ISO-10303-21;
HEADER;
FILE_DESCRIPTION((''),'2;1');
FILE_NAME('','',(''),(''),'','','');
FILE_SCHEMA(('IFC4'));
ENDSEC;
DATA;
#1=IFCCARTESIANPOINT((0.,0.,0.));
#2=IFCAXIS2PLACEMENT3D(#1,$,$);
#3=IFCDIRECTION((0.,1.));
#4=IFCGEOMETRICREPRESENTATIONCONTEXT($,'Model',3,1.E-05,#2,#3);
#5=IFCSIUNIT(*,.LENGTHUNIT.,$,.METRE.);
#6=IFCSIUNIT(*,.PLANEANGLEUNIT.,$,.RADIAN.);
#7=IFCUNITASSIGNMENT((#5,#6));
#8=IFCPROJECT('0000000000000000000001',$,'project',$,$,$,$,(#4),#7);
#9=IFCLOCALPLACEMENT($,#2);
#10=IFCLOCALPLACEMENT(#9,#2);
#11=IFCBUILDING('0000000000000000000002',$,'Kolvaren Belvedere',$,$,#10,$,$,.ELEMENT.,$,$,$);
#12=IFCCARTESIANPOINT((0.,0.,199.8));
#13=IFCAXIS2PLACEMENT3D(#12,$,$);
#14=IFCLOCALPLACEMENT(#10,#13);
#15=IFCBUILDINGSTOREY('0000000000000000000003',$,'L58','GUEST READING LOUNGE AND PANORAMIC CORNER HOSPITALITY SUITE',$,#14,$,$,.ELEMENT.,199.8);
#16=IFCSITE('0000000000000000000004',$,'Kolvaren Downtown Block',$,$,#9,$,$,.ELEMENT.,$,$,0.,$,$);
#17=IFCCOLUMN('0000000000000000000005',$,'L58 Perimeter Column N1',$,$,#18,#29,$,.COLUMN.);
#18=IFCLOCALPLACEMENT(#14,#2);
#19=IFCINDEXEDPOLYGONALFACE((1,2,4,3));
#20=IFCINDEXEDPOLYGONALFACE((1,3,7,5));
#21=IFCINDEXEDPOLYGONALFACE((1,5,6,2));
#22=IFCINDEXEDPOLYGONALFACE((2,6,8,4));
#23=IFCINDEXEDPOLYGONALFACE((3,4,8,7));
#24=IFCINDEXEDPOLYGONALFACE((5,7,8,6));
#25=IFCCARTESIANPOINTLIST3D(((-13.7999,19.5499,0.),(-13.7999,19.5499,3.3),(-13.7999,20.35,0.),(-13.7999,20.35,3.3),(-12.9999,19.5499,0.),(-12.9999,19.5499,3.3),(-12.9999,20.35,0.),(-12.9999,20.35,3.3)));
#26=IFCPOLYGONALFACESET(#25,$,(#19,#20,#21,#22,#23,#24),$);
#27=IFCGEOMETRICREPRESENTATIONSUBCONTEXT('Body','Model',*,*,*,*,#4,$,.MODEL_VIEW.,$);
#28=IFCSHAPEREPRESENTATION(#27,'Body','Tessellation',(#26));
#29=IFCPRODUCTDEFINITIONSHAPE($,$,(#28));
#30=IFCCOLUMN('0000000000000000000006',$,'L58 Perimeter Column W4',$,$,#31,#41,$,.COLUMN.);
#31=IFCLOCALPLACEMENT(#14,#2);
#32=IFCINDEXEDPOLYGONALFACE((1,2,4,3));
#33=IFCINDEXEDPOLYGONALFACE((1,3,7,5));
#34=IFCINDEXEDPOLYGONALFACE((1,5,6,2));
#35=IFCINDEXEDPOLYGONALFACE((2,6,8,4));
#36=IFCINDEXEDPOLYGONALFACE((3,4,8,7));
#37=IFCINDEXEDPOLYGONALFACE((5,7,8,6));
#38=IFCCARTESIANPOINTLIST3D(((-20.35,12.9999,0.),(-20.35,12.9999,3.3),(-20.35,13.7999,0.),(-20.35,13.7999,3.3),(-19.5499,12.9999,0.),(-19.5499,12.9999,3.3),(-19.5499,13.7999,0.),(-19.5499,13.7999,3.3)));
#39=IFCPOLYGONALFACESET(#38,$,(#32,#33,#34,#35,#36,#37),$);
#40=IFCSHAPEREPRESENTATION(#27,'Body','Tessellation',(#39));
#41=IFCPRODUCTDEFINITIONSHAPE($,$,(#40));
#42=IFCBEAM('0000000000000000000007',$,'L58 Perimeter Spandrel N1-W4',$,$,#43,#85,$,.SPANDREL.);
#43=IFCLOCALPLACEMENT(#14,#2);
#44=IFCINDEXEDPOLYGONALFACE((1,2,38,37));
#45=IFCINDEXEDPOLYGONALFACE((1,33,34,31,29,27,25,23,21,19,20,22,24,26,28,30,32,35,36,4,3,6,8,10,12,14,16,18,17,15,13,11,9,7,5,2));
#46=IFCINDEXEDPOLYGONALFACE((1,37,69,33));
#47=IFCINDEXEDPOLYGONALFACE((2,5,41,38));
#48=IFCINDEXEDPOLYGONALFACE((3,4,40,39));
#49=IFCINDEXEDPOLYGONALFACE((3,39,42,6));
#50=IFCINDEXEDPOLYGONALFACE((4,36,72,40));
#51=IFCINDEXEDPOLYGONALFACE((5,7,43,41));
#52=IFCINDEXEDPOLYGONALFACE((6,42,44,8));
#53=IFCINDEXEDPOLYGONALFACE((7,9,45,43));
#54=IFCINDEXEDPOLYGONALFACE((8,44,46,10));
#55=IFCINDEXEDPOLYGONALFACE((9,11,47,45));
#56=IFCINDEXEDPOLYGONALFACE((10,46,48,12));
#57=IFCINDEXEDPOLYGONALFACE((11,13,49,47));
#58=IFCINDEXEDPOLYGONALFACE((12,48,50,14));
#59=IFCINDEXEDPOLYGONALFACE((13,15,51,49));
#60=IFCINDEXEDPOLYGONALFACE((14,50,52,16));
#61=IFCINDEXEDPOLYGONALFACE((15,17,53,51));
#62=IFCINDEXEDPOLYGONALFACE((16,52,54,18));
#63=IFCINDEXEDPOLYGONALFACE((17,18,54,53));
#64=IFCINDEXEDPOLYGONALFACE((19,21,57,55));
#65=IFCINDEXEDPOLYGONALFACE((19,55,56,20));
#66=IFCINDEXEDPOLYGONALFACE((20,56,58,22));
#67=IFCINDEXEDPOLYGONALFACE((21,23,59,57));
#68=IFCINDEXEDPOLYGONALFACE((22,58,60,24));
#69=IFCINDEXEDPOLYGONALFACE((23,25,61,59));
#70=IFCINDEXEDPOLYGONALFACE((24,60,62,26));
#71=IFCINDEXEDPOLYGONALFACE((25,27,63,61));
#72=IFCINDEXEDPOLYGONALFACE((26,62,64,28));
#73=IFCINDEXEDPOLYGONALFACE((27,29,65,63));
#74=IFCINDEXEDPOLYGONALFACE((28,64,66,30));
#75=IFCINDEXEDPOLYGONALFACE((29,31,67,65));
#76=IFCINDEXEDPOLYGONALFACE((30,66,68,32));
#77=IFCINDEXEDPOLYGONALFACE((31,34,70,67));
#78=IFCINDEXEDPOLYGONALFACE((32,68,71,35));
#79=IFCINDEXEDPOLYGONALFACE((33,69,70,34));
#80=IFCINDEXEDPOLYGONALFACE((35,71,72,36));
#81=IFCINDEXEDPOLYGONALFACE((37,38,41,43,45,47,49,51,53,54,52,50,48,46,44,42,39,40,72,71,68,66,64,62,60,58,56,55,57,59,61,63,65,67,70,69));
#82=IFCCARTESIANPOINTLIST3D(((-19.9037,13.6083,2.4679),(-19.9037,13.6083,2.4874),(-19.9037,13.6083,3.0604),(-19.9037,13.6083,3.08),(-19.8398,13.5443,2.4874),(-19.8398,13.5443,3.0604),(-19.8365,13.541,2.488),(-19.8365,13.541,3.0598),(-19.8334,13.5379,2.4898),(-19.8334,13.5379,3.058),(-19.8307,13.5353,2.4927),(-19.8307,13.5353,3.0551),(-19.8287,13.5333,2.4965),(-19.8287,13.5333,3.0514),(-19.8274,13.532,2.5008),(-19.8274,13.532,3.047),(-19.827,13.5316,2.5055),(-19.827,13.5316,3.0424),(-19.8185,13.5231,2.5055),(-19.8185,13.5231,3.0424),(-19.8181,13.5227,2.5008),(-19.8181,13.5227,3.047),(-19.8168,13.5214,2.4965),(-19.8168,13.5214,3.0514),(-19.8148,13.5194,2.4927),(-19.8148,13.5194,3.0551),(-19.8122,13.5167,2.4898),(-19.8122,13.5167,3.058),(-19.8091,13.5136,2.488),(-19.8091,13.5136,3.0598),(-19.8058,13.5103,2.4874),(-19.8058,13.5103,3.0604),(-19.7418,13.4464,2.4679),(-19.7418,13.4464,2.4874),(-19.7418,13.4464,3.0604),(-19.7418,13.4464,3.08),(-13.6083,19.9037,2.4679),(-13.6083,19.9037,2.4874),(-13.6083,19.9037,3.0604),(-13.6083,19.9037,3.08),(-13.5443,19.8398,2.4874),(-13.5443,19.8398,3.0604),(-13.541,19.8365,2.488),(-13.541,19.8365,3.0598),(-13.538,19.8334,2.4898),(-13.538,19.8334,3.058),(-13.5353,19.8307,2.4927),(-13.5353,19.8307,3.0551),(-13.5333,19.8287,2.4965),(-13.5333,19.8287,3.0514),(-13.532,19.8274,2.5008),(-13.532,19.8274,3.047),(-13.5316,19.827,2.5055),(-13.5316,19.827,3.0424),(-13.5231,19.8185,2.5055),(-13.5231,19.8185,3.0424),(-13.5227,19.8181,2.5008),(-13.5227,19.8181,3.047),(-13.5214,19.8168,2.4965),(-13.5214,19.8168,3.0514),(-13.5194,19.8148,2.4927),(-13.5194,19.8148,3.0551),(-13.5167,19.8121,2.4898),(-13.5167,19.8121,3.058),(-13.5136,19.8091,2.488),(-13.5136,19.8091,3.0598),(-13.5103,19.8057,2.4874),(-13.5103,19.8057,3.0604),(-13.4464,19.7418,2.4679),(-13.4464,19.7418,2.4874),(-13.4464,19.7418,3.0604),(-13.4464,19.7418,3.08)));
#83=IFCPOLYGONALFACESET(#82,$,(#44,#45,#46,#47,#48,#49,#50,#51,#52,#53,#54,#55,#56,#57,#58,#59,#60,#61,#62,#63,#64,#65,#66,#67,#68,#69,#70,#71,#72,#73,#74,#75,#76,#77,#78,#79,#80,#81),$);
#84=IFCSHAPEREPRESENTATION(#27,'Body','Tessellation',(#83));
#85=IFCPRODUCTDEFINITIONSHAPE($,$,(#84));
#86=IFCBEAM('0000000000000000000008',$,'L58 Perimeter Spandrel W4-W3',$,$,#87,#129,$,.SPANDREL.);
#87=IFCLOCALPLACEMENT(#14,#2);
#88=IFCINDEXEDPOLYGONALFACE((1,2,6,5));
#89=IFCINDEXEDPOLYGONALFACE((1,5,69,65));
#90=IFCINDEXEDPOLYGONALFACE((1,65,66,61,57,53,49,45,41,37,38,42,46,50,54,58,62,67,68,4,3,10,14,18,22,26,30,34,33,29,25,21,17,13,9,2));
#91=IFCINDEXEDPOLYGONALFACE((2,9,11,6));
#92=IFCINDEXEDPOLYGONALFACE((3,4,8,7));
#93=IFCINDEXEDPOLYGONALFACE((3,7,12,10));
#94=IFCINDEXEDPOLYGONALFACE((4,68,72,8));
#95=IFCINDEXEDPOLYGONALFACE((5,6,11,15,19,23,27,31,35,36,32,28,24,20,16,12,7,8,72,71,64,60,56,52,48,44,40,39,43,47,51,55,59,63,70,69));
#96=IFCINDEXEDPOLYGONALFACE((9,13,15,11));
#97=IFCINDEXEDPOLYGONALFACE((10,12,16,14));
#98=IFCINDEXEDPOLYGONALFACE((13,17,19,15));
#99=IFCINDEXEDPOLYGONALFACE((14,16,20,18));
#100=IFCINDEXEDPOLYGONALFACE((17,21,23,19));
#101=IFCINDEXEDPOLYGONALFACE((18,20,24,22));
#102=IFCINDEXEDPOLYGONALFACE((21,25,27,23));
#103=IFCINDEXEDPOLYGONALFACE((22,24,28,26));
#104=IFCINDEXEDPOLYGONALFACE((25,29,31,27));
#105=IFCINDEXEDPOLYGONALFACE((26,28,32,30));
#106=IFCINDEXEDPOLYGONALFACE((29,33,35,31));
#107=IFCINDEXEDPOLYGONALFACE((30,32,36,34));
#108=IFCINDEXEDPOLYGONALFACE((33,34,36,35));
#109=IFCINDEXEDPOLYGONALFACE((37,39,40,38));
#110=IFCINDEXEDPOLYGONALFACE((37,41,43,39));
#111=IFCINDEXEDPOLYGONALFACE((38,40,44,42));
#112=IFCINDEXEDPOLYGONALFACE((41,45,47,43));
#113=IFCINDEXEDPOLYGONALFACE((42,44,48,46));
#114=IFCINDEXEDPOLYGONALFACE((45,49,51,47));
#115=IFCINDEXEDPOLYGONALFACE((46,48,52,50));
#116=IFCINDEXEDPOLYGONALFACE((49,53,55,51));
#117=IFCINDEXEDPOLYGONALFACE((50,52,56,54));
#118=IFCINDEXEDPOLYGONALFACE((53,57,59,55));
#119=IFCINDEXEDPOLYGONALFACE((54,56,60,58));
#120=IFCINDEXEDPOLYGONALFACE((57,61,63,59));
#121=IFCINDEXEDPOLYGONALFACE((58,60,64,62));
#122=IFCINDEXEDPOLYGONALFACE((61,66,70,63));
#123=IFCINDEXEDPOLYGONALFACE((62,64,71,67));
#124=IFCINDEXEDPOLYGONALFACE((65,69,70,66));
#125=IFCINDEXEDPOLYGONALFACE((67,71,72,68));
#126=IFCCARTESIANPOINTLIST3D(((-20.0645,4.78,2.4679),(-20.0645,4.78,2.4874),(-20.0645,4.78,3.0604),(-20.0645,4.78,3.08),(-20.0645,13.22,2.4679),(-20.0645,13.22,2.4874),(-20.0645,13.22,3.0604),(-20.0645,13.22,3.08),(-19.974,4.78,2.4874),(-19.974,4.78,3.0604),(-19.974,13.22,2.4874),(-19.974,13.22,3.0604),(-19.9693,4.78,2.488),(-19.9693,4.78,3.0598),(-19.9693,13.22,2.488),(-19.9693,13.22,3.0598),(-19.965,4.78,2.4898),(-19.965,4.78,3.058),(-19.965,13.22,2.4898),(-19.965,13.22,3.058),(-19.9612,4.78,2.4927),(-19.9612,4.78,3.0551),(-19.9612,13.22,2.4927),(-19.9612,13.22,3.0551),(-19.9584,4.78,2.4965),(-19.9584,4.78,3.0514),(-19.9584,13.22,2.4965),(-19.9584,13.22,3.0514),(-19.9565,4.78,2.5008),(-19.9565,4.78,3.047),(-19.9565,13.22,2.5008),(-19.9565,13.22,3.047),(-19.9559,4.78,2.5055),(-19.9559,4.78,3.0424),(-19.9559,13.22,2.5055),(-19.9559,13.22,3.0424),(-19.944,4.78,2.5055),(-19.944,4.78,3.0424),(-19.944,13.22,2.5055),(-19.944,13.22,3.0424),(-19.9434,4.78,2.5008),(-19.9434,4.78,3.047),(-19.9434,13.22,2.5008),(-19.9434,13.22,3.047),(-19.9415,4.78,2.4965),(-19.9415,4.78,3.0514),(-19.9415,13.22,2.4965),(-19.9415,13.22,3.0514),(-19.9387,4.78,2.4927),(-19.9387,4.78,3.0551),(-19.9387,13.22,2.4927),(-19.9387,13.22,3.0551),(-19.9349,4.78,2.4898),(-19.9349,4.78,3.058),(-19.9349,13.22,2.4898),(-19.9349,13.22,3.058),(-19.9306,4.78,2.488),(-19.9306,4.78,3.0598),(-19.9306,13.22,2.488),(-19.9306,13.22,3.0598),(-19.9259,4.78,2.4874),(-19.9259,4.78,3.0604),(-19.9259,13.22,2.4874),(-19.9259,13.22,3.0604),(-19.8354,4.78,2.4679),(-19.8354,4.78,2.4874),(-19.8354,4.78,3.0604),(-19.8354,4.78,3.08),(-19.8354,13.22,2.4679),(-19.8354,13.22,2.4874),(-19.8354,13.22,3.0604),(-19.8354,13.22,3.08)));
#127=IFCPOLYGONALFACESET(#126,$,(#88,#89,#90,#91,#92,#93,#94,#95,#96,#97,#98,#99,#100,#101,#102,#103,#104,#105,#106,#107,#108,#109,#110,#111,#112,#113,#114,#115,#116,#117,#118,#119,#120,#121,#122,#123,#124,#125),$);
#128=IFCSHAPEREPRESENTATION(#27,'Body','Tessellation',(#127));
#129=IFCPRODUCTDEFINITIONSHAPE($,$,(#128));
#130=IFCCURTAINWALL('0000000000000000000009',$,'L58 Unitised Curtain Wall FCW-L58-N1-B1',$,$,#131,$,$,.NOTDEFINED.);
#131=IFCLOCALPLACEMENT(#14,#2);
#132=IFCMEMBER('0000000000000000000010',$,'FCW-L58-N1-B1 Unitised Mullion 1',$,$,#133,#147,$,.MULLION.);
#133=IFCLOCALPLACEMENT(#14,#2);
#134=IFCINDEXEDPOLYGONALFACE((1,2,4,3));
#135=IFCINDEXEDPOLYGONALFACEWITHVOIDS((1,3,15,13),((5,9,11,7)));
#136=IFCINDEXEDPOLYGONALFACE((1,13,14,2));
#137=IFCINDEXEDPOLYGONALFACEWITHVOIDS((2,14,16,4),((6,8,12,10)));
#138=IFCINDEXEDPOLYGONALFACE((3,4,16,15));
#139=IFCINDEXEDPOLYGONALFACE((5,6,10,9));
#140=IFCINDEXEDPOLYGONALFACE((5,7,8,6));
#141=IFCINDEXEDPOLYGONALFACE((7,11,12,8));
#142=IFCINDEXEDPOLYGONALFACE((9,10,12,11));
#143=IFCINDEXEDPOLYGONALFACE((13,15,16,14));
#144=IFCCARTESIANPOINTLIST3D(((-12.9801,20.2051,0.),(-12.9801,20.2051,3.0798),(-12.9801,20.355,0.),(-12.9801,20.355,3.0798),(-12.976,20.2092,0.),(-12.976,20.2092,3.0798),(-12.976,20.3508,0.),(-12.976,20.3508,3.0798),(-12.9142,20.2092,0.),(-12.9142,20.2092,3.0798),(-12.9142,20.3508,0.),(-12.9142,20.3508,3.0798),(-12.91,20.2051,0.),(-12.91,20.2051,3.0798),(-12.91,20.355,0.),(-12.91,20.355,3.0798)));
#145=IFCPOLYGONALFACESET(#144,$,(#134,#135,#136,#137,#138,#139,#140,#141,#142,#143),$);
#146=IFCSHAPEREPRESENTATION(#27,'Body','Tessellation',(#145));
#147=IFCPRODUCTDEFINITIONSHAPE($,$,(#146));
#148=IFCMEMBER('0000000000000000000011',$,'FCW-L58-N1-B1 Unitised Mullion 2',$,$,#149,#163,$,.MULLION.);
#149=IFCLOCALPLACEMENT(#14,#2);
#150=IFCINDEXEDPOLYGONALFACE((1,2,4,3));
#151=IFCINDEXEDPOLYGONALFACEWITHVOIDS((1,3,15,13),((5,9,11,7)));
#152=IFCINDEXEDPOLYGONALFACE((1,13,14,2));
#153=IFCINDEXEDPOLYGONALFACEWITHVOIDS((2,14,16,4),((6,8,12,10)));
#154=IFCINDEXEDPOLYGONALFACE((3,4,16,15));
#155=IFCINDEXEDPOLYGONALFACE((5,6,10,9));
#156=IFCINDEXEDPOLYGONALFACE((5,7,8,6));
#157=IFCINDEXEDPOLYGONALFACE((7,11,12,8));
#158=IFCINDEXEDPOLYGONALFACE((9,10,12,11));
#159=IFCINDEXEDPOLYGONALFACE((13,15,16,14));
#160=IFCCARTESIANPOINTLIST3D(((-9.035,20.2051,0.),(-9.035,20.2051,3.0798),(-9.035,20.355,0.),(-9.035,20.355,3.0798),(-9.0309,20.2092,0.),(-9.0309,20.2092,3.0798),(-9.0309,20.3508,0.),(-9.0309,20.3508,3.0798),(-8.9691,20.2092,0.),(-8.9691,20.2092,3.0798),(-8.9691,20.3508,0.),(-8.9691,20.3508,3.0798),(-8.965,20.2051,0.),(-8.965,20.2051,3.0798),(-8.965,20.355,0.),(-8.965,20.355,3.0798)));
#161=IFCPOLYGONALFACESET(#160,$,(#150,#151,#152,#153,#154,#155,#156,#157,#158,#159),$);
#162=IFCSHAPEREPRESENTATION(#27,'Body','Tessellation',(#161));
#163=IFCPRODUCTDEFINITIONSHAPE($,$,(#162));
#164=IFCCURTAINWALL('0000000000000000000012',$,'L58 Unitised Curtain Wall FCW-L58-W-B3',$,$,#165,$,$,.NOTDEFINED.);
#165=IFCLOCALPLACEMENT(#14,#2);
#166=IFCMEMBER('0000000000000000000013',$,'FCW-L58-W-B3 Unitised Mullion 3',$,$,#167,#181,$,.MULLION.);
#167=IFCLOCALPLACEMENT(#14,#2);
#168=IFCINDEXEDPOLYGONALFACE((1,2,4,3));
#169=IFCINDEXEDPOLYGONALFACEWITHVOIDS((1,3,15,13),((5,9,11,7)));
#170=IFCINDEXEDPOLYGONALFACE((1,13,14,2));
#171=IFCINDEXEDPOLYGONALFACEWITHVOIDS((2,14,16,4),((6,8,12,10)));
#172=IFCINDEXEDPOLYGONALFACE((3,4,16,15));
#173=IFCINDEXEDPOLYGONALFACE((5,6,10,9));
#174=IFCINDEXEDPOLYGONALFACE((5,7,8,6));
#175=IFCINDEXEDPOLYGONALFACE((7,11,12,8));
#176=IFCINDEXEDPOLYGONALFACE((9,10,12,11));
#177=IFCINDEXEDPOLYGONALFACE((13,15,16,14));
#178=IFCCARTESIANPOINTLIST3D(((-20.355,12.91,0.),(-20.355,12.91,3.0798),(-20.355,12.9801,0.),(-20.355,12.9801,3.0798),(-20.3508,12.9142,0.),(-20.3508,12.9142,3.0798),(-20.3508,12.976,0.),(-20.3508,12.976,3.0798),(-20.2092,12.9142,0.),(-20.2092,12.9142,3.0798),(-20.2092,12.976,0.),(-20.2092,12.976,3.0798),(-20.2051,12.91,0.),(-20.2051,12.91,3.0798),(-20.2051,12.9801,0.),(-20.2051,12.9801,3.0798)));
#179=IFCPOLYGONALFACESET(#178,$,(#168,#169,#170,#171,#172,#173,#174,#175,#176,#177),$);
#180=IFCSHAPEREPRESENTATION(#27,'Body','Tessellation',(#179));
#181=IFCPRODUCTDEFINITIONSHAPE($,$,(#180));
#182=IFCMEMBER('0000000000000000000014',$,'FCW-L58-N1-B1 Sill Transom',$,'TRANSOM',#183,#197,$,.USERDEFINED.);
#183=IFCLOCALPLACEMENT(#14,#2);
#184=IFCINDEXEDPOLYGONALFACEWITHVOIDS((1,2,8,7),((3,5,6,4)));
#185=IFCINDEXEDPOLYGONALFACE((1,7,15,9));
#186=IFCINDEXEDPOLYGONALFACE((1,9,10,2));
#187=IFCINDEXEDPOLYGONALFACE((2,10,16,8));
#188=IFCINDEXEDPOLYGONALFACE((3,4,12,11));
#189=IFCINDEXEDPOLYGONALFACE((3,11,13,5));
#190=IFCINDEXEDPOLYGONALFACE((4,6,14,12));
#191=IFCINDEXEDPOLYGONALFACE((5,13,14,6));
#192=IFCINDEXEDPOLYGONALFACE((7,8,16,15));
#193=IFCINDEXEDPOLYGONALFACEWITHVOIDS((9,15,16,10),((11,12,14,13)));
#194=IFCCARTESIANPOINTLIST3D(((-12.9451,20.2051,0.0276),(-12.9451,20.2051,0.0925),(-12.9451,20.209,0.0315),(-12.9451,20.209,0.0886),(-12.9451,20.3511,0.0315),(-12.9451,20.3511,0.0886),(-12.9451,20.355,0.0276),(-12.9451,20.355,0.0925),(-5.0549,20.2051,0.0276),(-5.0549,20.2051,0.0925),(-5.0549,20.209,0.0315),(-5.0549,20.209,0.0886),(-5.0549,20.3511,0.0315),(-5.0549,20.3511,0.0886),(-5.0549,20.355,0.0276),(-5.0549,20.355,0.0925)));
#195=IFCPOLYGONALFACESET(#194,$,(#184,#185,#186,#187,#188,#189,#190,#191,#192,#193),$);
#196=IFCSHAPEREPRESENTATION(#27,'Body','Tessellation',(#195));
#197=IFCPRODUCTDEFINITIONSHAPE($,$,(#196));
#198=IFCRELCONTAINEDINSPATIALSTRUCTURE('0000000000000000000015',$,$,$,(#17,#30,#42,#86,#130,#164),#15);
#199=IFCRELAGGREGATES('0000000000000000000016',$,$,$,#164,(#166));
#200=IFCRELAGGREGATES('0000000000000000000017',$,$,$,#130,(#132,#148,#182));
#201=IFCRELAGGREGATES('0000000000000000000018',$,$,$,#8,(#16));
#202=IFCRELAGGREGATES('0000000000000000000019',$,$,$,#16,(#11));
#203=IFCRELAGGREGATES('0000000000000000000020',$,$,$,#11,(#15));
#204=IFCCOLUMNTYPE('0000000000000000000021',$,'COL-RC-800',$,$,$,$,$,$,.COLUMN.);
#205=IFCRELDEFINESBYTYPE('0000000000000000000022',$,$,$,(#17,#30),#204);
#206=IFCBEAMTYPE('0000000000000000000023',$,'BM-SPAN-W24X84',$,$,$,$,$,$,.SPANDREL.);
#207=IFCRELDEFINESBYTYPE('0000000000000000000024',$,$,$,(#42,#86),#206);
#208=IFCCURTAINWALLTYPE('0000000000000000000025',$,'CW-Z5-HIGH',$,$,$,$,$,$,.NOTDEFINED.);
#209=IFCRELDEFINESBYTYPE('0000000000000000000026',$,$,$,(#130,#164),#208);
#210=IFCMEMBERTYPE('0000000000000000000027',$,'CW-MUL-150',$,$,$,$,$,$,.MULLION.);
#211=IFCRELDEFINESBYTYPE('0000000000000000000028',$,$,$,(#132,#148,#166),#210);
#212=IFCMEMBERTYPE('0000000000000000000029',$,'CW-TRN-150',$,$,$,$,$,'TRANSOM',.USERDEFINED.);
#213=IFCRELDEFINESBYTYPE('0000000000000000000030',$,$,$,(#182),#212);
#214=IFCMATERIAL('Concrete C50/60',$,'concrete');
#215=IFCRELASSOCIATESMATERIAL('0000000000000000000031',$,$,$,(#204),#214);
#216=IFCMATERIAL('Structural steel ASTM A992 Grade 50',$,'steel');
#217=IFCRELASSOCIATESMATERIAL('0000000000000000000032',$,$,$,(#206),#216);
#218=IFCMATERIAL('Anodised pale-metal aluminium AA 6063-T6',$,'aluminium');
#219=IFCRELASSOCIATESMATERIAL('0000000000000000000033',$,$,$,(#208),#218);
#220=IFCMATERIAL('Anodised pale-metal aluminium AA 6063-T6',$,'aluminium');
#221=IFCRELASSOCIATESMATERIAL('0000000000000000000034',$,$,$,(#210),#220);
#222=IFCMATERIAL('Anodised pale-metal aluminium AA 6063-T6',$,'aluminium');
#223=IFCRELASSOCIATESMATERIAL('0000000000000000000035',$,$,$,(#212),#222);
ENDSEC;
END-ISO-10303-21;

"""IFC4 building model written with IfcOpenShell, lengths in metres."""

from ifc_helpers import new_model, si_unit, direction, frame, origin, origin_2d, place, context, subcontext, project, spatial, rectangle, hollow_rectangle, i_section, extrude, material, material_profile, profile_set, type_object, element, aggregate, save


model = new_model("IFC4")

# Units and contexts
model_context = context("Model", 3, precision=1e-05, world=origin(), true_north=direction((0.0, 1.0)))
body_context = subcontext(model_context, "Body", "Model", "MODEL_VIEW")
ifc_project = project(units=[si_unit("LENGTHUNIT", "METRE"), si_unit("PLANEANGLEUNIT", "RADIAN")], contexts=[model_context])

# Site, building, storey
site_placement = place(None, origin())
site = spatial("IfcSite", under=ifc_project, at=site_placement, Name="Kolvaren Downtown Block", CompositionType="ELEMENT", RefElevation=0.0)
building_placement = place(site_placement, origin())
building = spatial("IfcBuilding", under=site, at=building_placement, Name="Kolvaren Belvedere", CompositionType="ELEMENT")
storey_placement = place(building_placement, frame((0.0, 0.0, 199.8)))
storey = spatial("IfcBuildingStorey", under=building, at=storey_placement, Name="L58", Description="GUEST READING LOUNGE AND PANORAMIC CORNER HOSPITALITY SUITE", CompositionType="ELEMENT", Elevation=199.8)

# Columns
ifc_material_1 = material(Name="Concrete C50/60", Category="concrete")
ifc_material_profile_1 = material_profile(ifc_material_1, rectangle(XDim=0.8, YDim=0.8, at=origin_2d()), Name="RC 800X800")
ifc_profile_set_1 = profile_set([ifc_material_profile_1], Name="Concrete C50/60")
column_type = type_object("IfcColumnType", Name="COL-RC-800", PredefinedType="COLUMN", material=ifc_profile_set_1)
for number, where, z_axis, x_axis, name in (
    (1, (-13.3999, 19.95, 0.0), (0.0, 0.0, 1.0), (1.0, 0.0, 0.0), "L58 Perimeter Column N1"),
    (2, (-19.95, 13.3999, 0.0), (0.0, 0.0, 1.0), (1.0, 0.0, 0.0), "L58 Perimeter Column W4"),
):
    element("IfcColumn", number, at=place(storey_placement, frame(where, z_axis=z_axis, x_axis=x_axis)), inside=storey, type_object=column_type, Name=name, PredefinedType="COLUMN", context=body_context, shape_type="SweptSolid", body=[
        extrude(rectangle(XDim=0.8, YDim=0.8, at=origin_2d()), origin(), (0.0, 0.0, 1.0), 3.3),
    ])

# Beams
ifc_material_2 = material(Name="Structural steel ASTM A992 Grade 50", Category="steel")
ifc_material_profile_2 = material_profile(ifc_material_2, i_section(OverallWidth=0.229, OverallDepth=0.6121, WebThickness=0.012, FlangeThickness=0.0195, FilletRadius=0.0181, at=origin_2d()), Name="W24X84")
ifc_profile_set_2 = profile_set([ifc_material_profile_2], Name="Structural steel ASTM A992 Grade 50")
beam_type = type_object("IfcBeamType", Name="BM-SPAN-W24X84", PredefinedType="SPANDREL", material=ifc_profile_set_2)
beam_1_placement = place(storey_placement, frame((-13.5273, 19.8228, 2.7739), z_axis=(-0.707107, -0.707107, 0.0), x_axis=(0.707107, -0.707107, 0.0)))
element("IfcBeam", 3, at=beam_1_placement, inside=storey, type_object=beam_type, Name="L58 Perimeter Spandrel N1-W4", PredefinedType="SPANDREL", context=body_context, shape_type="SweptSolid", body=[
    extrude(i_section(OverallWidth=0.229, OverallDepth=0.6121, WebThickness=0.012, FlangeThickness=0.0195, FilletRadius=0.0181, at=origin_2d()), origin(), (0.0, 0.0, 1.0), 8.9031),
])
beam_2_placement = place(storey_placement, frame((-19.95, 13.22, 2.7739), z_axis=(0.0, -1.0, 0.0), x_axis=(1.0, 0.0, 0.0)))
element("IfcBeam", 4, at=beam_2_placement, inside=storey, type_object=beam_type, Name="L58 Perimeter Spandrel W4-W3", PredefinedType="SPANDREL", context=body_context, shape_type="SweptSolid", body=[
    extrude(i_section(OverallWidth=0.229, OverallDepth=0.6121, WebThickness=0.012, FlangeThickness=0.0195, FilletRadius=0.0181, at=origin_2d()), origin(), (0.0, 0.0, 1.0), 8.4399),
])

# Curtain wall, members
ifc_material_3 = material(Name="Anodised pale-metal aluminium AA 6063-T6", Category="aluminium")
curtain_wall_type = type_object("IfcCurtainWallType", Name="CW-Z5-HIGH", PredefinedType="NOTDEFINED", material=ifc_material_3)
curtain_wall_1_placement = place(storey_placement, origin())
curtain_wall_1 = element("IfcCurtainWall", 5, at=curtain_wall_1_placement, inside=storey, type_object=curtain_wall_type, Name="L58 Unitised Curtain Wall FCW-L58-N1-B1", PredefinedType="NOTDEFINED")
ifc_material_4 = material(Name="Anodised pale-metal aluminium AA 6063-T6", Category="aluminium")
ifc_material_profile_3 = material_profile(ifc_material_4, hollow_rectangle(XDim=0.0701, YDim=0.1499, WallThickness=0.0042, at=origin_2d()), Name="ALU-MUL-150X70")
ifc_profile_set_3 = profile_set([ifc_material_profile_3], Name="Anodised pale-metal aluminium AA 6063-T6")
member_type_1 = type_object("IfcMemberType", Name="CW-MUL-150", PredefinedType="MULLION", material=ifc_profile_set_3)
member_1_placement = place(storey_placement, frame((-12.9451, 20.28, 0.0), z_axis=(0.0, 0.0, 1.0), x_axis=(1.0, 0.0, 0.0)))
member_1 = element("IfcMember", 6, at=member_1_placement, type_object=member_type_1, Name="FCW-L58-N1-B1 Unitised Mullion 1", PredefinedType="MULLION", context=body_context, shape_type="SweptSolid", body=[
    extrude(hollow_rectangle(XDim=0.0701, YDim=0.1499, WallThickness=0.0042, at=origin_2d()), origin(), (0.0, 0.0, 1.0), 3.0798),
])
member_2_placement = place(storey_placement, frame((-9.0, 20.28, 0.0), z_axis=(0.0, 0.0, 1.0), x_axis=(1.0, 0.0, 0.0)))
member_2 = element("IfcMember", 7, at=member_2_placement, type_object=member_type_1, Name="FCW-L58-N1-B1 Unitised Mullion 2", PredefinedType="MULLION", context=body_context, shape_type="SweptSolid", body=[
    extrude(hollow_rectangle(XDim=0.0701, YDim=0.1499, WallThickness=0.0042, at=origin_2d()), origin(), (0.0, 0.0, 1.0), 3.0798),
])

# Curtain wall, member
curtain_wall_2_placement = place(storey_placement, origin())
curtain_wall_2 = element("IfcCurtainWall", 8, at=curtain_wall_2_placement, inside=storey, type_object=curtain_wall_type, Name="L58 Unitised Curtain Wall FCW-L58-W-B3", PredefinedType="NOTDEFINED")
member_3_placement = place(storey_placement, frame((-20.28, 12.9451, 0.0), z_axis=(0.0, 0.0, 1.0), x_axis=(0.0, 1.0, 0.0)))
member_3 = element("IfcMember", 9, at=member_3_placement, type_object=member_type_1, Name="FCW-L58-W-B3 Unitised Mullion 3", PredefinedType="MULLION", context=body_context, shape_type="SweptSolid", body=[
    extrude(hollow_rectangle(XDim=0.0701, YDim=0.1499, WallThickness=0.0042, at=origin_2d()), origin(), (0.0, 0.0, 1.0), 3.0798),
])
aggregate(curtain_wall_2, [member_3])

# Member
ifc_material_5 = material(Name="Anodised pale-metal aluminium AA 6063-T6", Category="aluminium")
ifc_material_profile_4 = material_profile(ifc_material_5, hollow_rectangle(XDim=0.0649, YDim=0.1499, WallThickness=0.0039, at=origin_2d()), Name="ALU-TRN-150X65")
ifc_profile_set_4 = profile_set([ifc_material_profile_4], Name="Anodised pale-metal aluminium AA 6063-T6")
member_type_2 = type_object("IfcMemberType", Name="CW-TRN-150", ElementType="TRANSOM", PredefinedType="USERDEFINED", material=ifc_profile_set_4)
member_4_placement = place(storey_placement, frame((-12.9451, 20.28, 0.0601), z_axis=(1.0, 0.0, 0.0), x_axis=(0.0, 0.0, 1.0)))
member_4 = element("IfcMember", 10, at=member_4_placement, type_object=member_type_2, Name="FCW-L58-N1-B1 Sill Transom", ObjectType="TRANSOM", PredefinedType="USERDEFINED", context=body_context, shape_type="SweptSolid", body=[
    extrude(hollow_rectangle(XDim=0.0649, YDim=0.1499, WallThickness=0.0039, at=origin_2d()), origin(), (0.0, 0.0, 1.0), 7.8901),
])

aggregate(curtain_wall_1, [member_1, member_2, member_4])

save(model, "model.ifc")
